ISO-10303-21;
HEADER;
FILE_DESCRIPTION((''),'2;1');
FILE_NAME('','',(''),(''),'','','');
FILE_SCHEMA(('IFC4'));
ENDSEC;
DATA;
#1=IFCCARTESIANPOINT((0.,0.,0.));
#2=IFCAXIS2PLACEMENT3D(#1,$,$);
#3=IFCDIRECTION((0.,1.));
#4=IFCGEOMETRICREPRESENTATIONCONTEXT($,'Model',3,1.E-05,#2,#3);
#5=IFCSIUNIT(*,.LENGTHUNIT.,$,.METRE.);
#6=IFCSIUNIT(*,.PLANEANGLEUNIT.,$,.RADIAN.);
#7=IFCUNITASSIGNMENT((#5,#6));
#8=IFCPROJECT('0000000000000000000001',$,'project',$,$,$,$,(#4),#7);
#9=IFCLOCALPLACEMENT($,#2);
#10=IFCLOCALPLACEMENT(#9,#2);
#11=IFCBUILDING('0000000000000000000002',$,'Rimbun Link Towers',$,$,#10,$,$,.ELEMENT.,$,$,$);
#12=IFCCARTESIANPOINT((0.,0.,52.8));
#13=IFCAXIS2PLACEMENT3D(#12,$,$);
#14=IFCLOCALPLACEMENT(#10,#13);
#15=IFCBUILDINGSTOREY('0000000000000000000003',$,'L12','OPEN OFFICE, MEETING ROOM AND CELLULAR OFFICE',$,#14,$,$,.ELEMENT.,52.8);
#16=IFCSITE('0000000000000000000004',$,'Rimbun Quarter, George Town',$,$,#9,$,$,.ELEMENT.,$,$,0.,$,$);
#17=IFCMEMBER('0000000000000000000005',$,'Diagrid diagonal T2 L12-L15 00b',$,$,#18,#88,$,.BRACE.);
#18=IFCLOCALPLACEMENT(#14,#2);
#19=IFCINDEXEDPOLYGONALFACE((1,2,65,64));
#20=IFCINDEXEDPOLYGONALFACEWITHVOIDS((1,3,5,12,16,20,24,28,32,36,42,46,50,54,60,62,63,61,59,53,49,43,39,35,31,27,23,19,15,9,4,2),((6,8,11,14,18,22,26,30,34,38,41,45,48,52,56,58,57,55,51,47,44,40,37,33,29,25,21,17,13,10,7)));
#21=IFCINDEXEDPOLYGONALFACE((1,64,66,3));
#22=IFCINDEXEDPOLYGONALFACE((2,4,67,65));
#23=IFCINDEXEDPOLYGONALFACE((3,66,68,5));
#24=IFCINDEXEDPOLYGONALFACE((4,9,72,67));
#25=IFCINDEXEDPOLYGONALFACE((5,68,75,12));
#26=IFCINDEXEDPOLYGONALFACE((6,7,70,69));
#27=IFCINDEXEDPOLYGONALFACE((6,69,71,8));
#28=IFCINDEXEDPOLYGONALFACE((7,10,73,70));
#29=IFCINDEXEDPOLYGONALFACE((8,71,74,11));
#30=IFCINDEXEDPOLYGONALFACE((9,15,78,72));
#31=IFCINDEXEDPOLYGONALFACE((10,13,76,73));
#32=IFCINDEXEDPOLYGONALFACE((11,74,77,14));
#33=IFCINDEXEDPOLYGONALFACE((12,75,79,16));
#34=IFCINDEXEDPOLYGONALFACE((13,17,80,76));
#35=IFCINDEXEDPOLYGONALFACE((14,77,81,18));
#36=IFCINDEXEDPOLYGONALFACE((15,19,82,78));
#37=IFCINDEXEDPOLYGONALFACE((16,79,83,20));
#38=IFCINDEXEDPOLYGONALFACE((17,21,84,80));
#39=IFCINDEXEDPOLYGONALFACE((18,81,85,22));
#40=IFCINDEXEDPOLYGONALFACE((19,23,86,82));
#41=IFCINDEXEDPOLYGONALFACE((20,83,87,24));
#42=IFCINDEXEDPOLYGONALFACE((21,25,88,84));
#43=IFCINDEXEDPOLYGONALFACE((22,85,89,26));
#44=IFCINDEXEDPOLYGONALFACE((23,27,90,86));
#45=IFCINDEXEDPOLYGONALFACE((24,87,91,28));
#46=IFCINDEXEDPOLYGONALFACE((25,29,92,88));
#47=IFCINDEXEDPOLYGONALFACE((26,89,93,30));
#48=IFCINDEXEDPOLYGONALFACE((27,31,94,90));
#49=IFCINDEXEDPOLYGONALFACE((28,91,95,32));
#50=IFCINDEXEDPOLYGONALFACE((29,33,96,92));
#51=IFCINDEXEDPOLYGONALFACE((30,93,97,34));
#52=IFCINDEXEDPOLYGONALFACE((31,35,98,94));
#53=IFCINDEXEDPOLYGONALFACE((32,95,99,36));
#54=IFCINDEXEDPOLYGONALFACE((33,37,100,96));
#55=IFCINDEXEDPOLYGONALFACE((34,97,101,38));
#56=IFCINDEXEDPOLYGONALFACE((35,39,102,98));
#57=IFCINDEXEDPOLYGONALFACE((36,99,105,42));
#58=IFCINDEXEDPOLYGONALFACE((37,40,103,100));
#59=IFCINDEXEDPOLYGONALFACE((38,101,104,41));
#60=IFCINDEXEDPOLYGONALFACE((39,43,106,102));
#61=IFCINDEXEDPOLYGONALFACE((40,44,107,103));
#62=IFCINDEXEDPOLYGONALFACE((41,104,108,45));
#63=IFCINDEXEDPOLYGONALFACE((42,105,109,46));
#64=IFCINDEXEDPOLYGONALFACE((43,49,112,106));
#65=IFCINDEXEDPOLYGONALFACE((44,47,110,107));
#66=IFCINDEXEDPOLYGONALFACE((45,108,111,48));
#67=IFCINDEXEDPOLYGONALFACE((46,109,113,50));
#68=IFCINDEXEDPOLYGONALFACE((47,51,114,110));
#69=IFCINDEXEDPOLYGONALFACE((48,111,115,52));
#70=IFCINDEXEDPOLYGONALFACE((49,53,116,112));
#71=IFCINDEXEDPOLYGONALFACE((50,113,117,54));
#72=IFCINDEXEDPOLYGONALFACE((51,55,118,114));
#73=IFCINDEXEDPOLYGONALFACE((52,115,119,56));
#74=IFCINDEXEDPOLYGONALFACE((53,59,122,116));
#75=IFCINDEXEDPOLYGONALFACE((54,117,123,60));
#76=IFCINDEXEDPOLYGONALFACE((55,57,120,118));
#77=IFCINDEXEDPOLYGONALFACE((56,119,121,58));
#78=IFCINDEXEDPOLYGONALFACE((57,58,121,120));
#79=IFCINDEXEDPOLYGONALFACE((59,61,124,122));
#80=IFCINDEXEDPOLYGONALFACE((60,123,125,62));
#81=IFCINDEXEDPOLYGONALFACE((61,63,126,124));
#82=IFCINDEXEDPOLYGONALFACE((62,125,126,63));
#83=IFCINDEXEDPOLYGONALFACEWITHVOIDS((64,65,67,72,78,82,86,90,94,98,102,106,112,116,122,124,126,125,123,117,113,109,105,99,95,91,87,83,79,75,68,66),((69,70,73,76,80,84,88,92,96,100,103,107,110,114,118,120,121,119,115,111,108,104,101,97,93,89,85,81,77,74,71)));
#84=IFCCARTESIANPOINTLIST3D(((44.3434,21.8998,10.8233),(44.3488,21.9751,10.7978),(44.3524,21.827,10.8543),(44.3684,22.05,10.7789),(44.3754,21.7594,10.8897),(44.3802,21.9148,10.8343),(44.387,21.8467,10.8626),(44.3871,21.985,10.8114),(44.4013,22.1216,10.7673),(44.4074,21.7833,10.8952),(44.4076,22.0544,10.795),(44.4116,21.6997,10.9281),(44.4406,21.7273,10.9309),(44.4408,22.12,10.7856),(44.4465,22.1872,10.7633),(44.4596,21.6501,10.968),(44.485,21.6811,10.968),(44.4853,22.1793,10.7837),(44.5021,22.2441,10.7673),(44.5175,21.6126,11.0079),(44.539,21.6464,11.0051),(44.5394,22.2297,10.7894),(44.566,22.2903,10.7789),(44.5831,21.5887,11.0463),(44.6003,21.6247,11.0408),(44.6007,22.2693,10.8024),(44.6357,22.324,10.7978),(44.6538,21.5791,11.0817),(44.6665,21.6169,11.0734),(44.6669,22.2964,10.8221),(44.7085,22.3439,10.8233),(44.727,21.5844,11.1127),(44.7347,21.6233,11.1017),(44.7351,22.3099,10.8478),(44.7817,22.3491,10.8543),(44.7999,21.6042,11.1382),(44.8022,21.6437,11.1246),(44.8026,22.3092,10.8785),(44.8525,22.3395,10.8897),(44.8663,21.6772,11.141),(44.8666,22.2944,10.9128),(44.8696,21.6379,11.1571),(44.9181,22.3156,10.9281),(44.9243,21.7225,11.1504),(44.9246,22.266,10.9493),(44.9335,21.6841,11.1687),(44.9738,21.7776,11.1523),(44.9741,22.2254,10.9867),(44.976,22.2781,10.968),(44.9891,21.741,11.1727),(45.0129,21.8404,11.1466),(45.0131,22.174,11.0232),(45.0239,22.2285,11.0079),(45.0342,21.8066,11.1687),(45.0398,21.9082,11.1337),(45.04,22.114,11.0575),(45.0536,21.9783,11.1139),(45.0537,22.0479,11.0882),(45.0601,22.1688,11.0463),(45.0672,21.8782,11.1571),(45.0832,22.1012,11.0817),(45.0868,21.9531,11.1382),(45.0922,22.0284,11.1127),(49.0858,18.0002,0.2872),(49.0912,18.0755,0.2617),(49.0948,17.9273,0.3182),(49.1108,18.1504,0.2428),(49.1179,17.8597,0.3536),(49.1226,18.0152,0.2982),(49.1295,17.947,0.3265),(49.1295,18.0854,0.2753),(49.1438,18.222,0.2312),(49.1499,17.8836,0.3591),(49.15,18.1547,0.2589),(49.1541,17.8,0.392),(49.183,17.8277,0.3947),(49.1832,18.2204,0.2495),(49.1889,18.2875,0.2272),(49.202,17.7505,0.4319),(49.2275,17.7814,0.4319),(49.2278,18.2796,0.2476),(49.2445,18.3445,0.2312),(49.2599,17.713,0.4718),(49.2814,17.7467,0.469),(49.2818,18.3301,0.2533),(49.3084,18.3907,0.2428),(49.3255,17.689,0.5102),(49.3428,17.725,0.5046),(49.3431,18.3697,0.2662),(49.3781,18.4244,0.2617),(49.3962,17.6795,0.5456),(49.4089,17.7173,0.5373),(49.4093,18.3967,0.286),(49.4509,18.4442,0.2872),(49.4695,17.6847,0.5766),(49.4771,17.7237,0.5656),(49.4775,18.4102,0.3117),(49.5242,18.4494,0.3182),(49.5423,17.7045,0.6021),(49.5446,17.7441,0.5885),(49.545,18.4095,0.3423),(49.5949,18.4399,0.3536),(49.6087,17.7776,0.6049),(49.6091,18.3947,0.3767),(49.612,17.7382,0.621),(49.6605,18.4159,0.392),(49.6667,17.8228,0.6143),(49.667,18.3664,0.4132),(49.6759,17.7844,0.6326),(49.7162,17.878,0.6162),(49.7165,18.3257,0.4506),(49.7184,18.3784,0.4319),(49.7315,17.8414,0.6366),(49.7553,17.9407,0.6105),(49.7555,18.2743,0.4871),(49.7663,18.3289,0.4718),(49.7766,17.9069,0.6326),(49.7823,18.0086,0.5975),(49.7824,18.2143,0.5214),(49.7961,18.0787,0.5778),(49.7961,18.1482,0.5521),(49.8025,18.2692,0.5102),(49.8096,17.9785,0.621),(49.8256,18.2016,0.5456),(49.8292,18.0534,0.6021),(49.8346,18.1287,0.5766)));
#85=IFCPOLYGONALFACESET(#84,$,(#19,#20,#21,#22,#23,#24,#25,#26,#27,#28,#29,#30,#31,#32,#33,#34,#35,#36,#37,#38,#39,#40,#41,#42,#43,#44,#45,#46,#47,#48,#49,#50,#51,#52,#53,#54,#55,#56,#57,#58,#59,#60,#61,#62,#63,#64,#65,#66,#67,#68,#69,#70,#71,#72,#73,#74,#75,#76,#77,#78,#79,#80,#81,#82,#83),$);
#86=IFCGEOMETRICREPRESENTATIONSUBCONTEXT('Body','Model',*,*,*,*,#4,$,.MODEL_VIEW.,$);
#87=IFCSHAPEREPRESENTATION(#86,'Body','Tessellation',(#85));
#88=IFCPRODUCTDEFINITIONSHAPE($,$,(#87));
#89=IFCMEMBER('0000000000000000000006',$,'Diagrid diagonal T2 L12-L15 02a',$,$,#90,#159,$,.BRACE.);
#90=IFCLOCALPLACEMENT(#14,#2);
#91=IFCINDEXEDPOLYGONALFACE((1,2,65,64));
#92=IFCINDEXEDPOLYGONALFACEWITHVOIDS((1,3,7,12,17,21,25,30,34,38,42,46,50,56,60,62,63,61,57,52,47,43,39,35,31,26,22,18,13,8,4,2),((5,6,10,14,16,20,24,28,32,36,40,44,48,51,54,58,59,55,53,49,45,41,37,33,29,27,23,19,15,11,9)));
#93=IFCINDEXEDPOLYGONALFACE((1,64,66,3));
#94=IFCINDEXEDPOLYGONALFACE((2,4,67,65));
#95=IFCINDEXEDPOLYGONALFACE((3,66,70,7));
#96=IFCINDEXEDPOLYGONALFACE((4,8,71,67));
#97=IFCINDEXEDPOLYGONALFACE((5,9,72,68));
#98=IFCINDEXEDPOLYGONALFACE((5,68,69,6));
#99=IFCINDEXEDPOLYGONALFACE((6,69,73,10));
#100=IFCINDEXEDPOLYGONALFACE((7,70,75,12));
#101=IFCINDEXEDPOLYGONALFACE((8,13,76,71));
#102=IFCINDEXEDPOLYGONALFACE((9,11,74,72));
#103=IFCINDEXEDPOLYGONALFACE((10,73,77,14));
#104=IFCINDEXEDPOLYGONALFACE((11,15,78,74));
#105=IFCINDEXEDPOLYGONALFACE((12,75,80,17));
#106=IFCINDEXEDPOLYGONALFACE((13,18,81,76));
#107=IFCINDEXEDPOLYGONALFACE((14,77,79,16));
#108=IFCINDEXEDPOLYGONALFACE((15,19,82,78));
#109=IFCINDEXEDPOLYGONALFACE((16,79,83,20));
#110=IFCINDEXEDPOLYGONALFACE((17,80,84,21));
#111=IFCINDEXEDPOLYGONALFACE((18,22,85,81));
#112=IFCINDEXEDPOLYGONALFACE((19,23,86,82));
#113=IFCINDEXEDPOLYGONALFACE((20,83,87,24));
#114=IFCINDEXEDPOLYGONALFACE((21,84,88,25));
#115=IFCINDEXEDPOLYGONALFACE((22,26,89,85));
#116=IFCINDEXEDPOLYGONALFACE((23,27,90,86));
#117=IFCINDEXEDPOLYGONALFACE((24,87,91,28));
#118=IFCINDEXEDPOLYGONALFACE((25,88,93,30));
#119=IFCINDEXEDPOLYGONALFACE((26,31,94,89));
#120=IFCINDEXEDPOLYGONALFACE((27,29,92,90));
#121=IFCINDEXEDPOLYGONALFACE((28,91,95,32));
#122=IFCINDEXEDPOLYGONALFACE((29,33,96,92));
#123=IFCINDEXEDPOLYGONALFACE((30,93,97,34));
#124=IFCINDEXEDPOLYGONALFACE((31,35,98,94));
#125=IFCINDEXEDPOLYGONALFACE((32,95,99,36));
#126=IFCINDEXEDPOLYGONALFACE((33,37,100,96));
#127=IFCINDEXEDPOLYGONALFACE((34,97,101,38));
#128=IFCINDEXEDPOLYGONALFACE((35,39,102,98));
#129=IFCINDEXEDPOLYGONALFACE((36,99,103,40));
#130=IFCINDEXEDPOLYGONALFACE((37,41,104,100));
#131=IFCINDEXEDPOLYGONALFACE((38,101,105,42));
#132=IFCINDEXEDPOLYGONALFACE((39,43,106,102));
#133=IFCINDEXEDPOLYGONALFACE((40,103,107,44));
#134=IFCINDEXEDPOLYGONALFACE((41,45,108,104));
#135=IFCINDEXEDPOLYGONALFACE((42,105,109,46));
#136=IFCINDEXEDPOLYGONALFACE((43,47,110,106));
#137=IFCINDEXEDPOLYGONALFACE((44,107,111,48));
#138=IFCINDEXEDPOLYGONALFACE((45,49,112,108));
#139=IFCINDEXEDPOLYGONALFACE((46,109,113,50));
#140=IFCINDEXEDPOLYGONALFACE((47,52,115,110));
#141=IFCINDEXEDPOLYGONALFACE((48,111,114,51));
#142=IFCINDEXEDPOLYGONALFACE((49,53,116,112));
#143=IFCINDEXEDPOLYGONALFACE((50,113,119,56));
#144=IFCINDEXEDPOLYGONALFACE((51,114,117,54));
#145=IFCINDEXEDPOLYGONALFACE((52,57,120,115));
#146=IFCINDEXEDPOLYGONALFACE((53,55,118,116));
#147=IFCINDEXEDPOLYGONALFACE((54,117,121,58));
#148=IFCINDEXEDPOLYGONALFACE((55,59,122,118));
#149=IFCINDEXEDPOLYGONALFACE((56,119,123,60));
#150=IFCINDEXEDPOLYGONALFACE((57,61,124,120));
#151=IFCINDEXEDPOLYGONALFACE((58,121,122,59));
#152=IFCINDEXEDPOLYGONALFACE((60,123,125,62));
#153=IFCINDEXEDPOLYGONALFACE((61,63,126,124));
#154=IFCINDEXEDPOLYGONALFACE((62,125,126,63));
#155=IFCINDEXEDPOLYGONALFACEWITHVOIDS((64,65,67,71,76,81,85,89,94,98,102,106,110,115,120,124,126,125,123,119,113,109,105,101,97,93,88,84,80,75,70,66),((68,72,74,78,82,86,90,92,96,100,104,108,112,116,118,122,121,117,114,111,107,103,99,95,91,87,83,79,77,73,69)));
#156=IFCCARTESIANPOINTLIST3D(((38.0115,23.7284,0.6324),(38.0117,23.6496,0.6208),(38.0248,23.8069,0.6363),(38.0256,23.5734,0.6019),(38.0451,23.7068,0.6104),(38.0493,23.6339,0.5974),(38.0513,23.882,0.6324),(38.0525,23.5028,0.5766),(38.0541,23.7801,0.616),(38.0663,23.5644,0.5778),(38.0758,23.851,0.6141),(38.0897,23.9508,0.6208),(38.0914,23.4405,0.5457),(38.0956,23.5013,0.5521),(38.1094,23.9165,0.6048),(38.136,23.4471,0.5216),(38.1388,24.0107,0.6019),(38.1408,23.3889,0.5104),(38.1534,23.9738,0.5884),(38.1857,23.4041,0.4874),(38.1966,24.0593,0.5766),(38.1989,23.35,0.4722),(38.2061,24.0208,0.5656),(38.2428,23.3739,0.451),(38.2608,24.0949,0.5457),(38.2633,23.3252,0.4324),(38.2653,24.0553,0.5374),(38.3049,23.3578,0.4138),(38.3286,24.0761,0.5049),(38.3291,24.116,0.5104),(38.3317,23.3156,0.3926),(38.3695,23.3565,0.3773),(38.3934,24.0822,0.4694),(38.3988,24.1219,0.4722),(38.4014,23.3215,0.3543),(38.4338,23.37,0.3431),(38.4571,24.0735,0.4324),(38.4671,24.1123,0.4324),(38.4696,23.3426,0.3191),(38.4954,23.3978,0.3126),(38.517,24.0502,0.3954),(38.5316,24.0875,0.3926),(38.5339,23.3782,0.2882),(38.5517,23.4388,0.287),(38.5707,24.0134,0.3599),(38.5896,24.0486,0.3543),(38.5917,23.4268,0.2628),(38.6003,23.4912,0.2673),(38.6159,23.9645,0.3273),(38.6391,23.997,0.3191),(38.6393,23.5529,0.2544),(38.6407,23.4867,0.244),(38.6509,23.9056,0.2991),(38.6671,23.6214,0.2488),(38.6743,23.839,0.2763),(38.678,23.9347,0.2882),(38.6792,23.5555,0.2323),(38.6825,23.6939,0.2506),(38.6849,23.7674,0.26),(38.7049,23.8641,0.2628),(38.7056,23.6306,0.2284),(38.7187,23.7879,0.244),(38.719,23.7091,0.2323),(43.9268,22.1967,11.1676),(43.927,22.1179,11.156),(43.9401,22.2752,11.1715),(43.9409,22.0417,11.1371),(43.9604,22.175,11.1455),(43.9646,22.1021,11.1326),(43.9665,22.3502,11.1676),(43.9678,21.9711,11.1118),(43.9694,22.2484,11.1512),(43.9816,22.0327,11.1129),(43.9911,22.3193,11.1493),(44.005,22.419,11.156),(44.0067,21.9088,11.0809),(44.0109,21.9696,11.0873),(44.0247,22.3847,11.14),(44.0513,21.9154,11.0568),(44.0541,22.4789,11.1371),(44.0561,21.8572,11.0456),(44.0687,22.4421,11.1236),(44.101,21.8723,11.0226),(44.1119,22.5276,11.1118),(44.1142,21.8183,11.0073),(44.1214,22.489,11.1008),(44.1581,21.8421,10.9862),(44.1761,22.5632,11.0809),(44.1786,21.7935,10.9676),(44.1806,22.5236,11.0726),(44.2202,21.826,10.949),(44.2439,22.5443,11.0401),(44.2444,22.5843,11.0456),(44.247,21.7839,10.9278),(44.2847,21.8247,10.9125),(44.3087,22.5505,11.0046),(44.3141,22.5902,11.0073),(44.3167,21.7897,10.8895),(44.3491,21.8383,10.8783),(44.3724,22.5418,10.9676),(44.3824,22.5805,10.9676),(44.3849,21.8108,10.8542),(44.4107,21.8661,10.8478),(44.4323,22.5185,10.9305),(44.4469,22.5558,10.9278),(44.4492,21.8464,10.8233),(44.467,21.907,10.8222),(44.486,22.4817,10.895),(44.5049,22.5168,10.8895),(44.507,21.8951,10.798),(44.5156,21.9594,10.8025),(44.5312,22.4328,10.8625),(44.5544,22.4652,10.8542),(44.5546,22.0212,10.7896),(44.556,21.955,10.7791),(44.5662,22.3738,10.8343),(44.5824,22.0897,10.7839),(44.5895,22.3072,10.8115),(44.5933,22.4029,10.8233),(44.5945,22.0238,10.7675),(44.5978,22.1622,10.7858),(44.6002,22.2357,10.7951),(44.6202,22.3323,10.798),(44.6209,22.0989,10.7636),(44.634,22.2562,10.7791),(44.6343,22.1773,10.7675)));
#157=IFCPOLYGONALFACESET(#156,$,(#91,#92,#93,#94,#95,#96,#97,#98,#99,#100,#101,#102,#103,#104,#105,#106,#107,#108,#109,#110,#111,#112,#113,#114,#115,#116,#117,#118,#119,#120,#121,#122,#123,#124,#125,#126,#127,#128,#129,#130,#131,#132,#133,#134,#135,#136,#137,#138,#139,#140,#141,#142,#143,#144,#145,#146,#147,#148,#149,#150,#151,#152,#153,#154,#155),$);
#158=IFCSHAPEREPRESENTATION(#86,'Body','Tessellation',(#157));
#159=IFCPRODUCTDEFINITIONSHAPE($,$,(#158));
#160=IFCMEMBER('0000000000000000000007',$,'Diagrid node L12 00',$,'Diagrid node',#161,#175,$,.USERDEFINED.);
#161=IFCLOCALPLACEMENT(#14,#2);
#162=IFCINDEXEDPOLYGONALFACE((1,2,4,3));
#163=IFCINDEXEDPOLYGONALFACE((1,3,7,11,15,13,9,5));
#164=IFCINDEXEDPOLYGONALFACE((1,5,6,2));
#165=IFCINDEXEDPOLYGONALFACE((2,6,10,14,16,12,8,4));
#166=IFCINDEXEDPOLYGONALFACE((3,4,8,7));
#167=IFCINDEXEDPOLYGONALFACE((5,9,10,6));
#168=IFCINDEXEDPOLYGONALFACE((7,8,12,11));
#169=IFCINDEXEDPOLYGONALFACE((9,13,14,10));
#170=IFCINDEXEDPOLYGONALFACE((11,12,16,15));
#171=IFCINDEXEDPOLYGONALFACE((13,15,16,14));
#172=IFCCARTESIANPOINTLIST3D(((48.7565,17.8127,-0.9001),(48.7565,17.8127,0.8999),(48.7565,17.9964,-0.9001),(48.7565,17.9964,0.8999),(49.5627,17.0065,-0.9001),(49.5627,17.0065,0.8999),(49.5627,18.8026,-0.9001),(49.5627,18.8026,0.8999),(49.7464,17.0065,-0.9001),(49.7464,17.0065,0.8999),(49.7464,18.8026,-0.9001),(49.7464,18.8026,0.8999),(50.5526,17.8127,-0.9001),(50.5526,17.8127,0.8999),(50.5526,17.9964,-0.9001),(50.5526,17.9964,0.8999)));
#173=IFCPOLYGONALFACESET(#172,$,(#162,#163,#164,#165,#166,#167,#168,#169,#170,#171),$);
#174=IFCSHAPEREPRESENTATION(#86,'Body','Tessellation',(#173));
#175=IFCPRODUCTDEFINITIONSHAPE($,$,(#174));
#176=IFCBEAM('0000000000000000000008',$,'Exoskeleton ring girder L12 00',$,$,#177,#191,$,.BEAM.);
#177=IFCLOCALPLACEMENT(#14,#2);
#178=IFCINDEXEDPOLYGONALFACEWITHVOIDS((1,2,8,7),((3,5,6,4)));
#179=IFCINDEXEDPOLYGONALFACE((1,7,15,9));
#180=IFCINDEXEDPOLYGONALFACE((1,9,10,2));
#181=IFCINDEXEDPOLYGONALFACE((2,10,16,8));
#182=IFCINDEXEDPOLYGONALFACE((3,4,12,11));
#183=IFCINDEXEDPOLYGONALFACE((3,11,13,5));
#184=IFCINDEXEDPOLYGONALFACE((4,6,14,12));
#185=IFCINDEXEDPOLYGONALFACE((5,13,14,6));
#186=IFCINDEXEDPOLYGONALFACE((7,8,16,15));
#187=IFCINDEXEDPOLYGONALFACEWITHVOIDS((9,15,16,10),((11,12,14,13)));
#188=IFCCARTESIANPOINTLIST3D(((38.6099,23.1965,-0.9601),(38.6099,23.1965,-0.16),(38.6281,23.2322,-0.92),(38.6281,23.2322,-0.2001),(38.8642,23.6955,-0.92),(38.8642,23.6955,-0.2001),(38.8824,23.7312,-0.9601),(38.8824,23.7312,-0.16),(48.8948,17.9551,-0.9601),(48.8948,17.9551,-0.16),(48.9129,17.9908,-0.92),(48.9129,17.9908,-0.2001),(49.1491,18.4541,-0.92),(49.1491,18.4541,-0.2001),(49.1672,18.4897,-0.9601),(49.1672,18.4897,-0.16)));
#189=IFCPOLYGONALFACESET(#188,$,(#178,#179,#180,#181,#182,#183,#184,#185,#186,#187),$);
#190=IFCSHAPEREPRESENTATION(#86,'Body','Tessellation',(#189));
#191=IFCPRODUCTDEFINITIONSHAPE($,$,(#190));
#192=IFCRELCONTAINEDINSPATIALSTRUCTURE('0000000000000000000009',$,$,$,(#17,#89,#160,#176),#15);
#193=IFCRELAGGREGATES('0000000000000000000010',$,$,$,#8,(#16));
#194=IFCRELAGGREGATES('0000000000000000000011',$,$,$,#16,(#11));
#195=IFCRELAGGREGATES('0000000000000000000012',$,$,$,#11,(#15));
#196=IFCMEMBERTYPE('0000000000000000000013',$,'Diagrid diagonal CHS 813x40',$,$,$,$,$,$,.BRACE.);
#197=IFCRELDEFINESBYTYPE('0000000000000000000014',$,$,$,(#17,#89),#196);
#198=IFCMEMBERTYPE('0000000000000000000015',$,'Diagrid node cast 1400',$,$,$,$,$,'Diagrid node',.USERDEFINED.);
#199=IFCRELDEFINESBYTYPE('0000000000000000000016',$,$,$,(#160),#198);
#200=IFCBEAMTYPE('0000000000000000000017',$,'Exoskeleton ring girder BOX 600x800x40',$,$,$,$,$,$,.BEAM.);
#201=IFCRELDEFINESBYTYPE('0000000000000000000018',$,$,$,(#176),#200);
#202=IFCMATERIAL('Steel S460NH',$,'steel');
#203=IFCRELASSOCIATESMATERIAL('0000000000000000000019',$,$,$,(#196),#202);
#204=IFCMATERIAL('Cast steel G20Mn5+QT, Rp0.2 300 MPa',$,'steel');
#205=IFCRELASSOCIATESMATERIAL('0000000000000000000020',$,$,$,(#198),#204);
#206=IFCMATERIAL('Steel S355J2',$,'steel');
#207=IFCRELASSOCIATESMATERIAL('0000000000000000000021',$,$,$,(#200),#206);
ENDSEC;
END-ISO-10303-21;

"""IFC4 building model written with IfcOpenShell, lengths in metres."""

from ifc_helpers import new_model, si_unit, direction, frame, origin, origin_2d, place, context, subcontext, project, spatial, polyline, hollow_rectangle, hollow_circle, outline, extrude, material, material_profile, profile_set, type_object, element, save


model = new_model("IFC4")

# Units and contexts
model_context = context("Model", 3, precision=1e-05, world=origin(), true_north=direction((0.0, 1.0)))
body_context = subcontext(model_context, "Body", "Model", "MODEL_VIEW")
ifc_project = project(units=[si_unit("LENGTHUNIT", "METRE"), si_unit("PLANEANGLEUNIT", "RADIAN")], contexts=[model_context])

# Site, building, storey
site_placement = place(None, origin())
site = spatial("IfcSite", under=ifc_project, at=site_placement, Name="Rimbun Quarter, George Town", CompositionType="ELEMENT", RefElevation=0.0)
building_placement = place(site_placement, origin())
building = spatial("IfcBuilding", under=site, at=building_placement, Name="Rimbun Link Towers", CompositionType="ELEMENT")
storey_placement = place(building_placement, frame((0.0, 0.0, 52.8)))
storey = spatial("IfcBuildingStorey", under=building, at=storey_placement, Name="L12", Description="OPEN OFFICE, MEETING ROOM AND CELLULAR OFFICE", CompositionType="ELEMENT", Elevation=52.8)

# Members
ifc_material_1 = material(Name="Steel S460NH", Category="steel")
ifc_material_profile_1 = material_profile(ifc_material_1, hollow_circle(Radius=0.4065, WallThickness=0.04, at=origin_2d()), Name="Diagrid diagonal CHS 813x40")
ifc_profile_set_1 = profile_set([ifc_material_profile_1], Name="Steel S460NH")
member_type_1 = type_object("IfcMemberType", Name="Diagrid diagonal CHS 813x40", PredefinedType="BRACE", material=ifc_profile_set_1)
for number, where, z_axis, x_axis, name in (
    (1, (49.4602, 18.0645, 0.4319), (-0.388896, 0.319786, 0.864), (-0.635137, -0.772399, 0.0), "Diagrid diagonal T2 L12-L15 00b"),
):
    element("IfcMember", number, at=place(storey_placement, frame(where, z_axis=z_axis, x_axis=x_axis)), inside=storey, type_object=member_type_1, Name=name, PredefinedType="BRACE", context=body_context, shape_type="SweptSolid", body=[
        extrude(hollow_circle(Radius=0.4065, WallThickness=0.04, at=origin_2d()), origin(), (0.0, 0.0, 1.0), 12.1946),
    ])
member_1_placement = place(storey_placement, frame((38.3652, 23.7188, 0.4324), z_axis=(0.485698, -0.12577, 0.865031), x_axis=(0.250678, 0.968071, 0.0)))
element("IfcMember", 2, at=member_1_placement, inside=storey, type_object=member_type_1, Name="Diagrid diagonal T2 L12-L15 02a", PredefinedType="BRACE", context=body_context, shape_type="SweptSolid", body=[
    extrude(hollow_circle(Radius=0.4065, WallThickness=0.04, at=origin_2d()), origin(), (0.0, 0.0, 1.0), 12.179),
])
ifc_material_2 = material(Name="Cast steel G20Mn5+QT, Rp0.2 300 MPa", Category="steel")
ifc_material_profile_2 = material_profile(ifc_material_2, outline(polyline([(0.7, -0.5701), (0.7, 0.5701), (0.5701, 0.7), (-0.5701, 0.7), (-0.7, 0.5701), (-0.7, -0.5701), (-0.5701, -0.7), (0.5701, -0.7), (0.7, -0.5701)])), Name="NODE 1400x1400")
ifc_profile_set_2 = profile_set([ifc_material_profile_2], Name="Cast steel G20Mn5+QT, Rp0.2 300 MPa")
member_type_2 = type_object("IfcMemberType", Name="Diagrid node cast 1400", ElementType="Diagrid node", PredefinedType="USERDEFINED", material=ifc_profile_set_2)
member_2_placement = place(storey_placement, frame((49.6545, 17.9045, -0.9001), z_axis=(0.0, 0.0, 1.0), x_axis=(0.707107, 0.707107, 0.0)))
element("IfcMember", 3, at=member_2_placement, inside=storey, type_object=member_type_2, Name="Diagrid node L12 00", ObjectType="Diagrid node", PredefinedType="USERDEFINED", context=body_context, shape_type="SweptSolid", body=[
    extrude(outline(polyline([(0.7, -0.5701), (0.7, 0.5701), (0.5701, 0.7), (-0.5701, 0.7), (-0.7, 0.5701), (-0.7, -0.5701), (-0.5701, -0.7), (0.5701, -0.7), (0.7, -0.5701)])), origin(), (0.0, 0.0, 1.0), 1.8),
])

# Beam
ifc_material_3 = material(Name="Steel S355J2", Category="steel")
ifc_material_profile_3 = material_profile(ifc_material_3, hollow_rectangle(XDim=0.6001, YDim=0.8, WallThickness=0.04, at=origin_2d()), Name="Exoskeleton ring girder BOX 600x800x40")
ifc_profile_set_3 = profile_set([ifc_material_profile_3], Name="Steel S355J2")
beam_type_1 = type_object("IfcBeamType", Name="Exoskeleton ring girder BOX 600x800x40", PredefinedType="BEAM", material=ifc_profile_set_3)
beam_1_placement = place(storey_placement, frame((49.031, 18.2224, -0.5601), z_axis=(-0.89097, 0.454061, 0.0), x_axis=(-0.454061, -0.89097, 0.0)))
element("IfcBeam", 4, at=beam_1_placement, inside=storey, type_object=beam_type_1, Name="Exoskeleton ring girder L12 00", PredefinedType="BEAM", context=body_context, shape_type="SweptSolid", body=[
    extrude(hollow_rectangle(XDim=0.6001, YDim=0.8, WallThickness=0.04, at=origin_2d()), origin(), (0.0, 0.0, 1.0), 11.5435),
])

save(model, "model.ifc")
